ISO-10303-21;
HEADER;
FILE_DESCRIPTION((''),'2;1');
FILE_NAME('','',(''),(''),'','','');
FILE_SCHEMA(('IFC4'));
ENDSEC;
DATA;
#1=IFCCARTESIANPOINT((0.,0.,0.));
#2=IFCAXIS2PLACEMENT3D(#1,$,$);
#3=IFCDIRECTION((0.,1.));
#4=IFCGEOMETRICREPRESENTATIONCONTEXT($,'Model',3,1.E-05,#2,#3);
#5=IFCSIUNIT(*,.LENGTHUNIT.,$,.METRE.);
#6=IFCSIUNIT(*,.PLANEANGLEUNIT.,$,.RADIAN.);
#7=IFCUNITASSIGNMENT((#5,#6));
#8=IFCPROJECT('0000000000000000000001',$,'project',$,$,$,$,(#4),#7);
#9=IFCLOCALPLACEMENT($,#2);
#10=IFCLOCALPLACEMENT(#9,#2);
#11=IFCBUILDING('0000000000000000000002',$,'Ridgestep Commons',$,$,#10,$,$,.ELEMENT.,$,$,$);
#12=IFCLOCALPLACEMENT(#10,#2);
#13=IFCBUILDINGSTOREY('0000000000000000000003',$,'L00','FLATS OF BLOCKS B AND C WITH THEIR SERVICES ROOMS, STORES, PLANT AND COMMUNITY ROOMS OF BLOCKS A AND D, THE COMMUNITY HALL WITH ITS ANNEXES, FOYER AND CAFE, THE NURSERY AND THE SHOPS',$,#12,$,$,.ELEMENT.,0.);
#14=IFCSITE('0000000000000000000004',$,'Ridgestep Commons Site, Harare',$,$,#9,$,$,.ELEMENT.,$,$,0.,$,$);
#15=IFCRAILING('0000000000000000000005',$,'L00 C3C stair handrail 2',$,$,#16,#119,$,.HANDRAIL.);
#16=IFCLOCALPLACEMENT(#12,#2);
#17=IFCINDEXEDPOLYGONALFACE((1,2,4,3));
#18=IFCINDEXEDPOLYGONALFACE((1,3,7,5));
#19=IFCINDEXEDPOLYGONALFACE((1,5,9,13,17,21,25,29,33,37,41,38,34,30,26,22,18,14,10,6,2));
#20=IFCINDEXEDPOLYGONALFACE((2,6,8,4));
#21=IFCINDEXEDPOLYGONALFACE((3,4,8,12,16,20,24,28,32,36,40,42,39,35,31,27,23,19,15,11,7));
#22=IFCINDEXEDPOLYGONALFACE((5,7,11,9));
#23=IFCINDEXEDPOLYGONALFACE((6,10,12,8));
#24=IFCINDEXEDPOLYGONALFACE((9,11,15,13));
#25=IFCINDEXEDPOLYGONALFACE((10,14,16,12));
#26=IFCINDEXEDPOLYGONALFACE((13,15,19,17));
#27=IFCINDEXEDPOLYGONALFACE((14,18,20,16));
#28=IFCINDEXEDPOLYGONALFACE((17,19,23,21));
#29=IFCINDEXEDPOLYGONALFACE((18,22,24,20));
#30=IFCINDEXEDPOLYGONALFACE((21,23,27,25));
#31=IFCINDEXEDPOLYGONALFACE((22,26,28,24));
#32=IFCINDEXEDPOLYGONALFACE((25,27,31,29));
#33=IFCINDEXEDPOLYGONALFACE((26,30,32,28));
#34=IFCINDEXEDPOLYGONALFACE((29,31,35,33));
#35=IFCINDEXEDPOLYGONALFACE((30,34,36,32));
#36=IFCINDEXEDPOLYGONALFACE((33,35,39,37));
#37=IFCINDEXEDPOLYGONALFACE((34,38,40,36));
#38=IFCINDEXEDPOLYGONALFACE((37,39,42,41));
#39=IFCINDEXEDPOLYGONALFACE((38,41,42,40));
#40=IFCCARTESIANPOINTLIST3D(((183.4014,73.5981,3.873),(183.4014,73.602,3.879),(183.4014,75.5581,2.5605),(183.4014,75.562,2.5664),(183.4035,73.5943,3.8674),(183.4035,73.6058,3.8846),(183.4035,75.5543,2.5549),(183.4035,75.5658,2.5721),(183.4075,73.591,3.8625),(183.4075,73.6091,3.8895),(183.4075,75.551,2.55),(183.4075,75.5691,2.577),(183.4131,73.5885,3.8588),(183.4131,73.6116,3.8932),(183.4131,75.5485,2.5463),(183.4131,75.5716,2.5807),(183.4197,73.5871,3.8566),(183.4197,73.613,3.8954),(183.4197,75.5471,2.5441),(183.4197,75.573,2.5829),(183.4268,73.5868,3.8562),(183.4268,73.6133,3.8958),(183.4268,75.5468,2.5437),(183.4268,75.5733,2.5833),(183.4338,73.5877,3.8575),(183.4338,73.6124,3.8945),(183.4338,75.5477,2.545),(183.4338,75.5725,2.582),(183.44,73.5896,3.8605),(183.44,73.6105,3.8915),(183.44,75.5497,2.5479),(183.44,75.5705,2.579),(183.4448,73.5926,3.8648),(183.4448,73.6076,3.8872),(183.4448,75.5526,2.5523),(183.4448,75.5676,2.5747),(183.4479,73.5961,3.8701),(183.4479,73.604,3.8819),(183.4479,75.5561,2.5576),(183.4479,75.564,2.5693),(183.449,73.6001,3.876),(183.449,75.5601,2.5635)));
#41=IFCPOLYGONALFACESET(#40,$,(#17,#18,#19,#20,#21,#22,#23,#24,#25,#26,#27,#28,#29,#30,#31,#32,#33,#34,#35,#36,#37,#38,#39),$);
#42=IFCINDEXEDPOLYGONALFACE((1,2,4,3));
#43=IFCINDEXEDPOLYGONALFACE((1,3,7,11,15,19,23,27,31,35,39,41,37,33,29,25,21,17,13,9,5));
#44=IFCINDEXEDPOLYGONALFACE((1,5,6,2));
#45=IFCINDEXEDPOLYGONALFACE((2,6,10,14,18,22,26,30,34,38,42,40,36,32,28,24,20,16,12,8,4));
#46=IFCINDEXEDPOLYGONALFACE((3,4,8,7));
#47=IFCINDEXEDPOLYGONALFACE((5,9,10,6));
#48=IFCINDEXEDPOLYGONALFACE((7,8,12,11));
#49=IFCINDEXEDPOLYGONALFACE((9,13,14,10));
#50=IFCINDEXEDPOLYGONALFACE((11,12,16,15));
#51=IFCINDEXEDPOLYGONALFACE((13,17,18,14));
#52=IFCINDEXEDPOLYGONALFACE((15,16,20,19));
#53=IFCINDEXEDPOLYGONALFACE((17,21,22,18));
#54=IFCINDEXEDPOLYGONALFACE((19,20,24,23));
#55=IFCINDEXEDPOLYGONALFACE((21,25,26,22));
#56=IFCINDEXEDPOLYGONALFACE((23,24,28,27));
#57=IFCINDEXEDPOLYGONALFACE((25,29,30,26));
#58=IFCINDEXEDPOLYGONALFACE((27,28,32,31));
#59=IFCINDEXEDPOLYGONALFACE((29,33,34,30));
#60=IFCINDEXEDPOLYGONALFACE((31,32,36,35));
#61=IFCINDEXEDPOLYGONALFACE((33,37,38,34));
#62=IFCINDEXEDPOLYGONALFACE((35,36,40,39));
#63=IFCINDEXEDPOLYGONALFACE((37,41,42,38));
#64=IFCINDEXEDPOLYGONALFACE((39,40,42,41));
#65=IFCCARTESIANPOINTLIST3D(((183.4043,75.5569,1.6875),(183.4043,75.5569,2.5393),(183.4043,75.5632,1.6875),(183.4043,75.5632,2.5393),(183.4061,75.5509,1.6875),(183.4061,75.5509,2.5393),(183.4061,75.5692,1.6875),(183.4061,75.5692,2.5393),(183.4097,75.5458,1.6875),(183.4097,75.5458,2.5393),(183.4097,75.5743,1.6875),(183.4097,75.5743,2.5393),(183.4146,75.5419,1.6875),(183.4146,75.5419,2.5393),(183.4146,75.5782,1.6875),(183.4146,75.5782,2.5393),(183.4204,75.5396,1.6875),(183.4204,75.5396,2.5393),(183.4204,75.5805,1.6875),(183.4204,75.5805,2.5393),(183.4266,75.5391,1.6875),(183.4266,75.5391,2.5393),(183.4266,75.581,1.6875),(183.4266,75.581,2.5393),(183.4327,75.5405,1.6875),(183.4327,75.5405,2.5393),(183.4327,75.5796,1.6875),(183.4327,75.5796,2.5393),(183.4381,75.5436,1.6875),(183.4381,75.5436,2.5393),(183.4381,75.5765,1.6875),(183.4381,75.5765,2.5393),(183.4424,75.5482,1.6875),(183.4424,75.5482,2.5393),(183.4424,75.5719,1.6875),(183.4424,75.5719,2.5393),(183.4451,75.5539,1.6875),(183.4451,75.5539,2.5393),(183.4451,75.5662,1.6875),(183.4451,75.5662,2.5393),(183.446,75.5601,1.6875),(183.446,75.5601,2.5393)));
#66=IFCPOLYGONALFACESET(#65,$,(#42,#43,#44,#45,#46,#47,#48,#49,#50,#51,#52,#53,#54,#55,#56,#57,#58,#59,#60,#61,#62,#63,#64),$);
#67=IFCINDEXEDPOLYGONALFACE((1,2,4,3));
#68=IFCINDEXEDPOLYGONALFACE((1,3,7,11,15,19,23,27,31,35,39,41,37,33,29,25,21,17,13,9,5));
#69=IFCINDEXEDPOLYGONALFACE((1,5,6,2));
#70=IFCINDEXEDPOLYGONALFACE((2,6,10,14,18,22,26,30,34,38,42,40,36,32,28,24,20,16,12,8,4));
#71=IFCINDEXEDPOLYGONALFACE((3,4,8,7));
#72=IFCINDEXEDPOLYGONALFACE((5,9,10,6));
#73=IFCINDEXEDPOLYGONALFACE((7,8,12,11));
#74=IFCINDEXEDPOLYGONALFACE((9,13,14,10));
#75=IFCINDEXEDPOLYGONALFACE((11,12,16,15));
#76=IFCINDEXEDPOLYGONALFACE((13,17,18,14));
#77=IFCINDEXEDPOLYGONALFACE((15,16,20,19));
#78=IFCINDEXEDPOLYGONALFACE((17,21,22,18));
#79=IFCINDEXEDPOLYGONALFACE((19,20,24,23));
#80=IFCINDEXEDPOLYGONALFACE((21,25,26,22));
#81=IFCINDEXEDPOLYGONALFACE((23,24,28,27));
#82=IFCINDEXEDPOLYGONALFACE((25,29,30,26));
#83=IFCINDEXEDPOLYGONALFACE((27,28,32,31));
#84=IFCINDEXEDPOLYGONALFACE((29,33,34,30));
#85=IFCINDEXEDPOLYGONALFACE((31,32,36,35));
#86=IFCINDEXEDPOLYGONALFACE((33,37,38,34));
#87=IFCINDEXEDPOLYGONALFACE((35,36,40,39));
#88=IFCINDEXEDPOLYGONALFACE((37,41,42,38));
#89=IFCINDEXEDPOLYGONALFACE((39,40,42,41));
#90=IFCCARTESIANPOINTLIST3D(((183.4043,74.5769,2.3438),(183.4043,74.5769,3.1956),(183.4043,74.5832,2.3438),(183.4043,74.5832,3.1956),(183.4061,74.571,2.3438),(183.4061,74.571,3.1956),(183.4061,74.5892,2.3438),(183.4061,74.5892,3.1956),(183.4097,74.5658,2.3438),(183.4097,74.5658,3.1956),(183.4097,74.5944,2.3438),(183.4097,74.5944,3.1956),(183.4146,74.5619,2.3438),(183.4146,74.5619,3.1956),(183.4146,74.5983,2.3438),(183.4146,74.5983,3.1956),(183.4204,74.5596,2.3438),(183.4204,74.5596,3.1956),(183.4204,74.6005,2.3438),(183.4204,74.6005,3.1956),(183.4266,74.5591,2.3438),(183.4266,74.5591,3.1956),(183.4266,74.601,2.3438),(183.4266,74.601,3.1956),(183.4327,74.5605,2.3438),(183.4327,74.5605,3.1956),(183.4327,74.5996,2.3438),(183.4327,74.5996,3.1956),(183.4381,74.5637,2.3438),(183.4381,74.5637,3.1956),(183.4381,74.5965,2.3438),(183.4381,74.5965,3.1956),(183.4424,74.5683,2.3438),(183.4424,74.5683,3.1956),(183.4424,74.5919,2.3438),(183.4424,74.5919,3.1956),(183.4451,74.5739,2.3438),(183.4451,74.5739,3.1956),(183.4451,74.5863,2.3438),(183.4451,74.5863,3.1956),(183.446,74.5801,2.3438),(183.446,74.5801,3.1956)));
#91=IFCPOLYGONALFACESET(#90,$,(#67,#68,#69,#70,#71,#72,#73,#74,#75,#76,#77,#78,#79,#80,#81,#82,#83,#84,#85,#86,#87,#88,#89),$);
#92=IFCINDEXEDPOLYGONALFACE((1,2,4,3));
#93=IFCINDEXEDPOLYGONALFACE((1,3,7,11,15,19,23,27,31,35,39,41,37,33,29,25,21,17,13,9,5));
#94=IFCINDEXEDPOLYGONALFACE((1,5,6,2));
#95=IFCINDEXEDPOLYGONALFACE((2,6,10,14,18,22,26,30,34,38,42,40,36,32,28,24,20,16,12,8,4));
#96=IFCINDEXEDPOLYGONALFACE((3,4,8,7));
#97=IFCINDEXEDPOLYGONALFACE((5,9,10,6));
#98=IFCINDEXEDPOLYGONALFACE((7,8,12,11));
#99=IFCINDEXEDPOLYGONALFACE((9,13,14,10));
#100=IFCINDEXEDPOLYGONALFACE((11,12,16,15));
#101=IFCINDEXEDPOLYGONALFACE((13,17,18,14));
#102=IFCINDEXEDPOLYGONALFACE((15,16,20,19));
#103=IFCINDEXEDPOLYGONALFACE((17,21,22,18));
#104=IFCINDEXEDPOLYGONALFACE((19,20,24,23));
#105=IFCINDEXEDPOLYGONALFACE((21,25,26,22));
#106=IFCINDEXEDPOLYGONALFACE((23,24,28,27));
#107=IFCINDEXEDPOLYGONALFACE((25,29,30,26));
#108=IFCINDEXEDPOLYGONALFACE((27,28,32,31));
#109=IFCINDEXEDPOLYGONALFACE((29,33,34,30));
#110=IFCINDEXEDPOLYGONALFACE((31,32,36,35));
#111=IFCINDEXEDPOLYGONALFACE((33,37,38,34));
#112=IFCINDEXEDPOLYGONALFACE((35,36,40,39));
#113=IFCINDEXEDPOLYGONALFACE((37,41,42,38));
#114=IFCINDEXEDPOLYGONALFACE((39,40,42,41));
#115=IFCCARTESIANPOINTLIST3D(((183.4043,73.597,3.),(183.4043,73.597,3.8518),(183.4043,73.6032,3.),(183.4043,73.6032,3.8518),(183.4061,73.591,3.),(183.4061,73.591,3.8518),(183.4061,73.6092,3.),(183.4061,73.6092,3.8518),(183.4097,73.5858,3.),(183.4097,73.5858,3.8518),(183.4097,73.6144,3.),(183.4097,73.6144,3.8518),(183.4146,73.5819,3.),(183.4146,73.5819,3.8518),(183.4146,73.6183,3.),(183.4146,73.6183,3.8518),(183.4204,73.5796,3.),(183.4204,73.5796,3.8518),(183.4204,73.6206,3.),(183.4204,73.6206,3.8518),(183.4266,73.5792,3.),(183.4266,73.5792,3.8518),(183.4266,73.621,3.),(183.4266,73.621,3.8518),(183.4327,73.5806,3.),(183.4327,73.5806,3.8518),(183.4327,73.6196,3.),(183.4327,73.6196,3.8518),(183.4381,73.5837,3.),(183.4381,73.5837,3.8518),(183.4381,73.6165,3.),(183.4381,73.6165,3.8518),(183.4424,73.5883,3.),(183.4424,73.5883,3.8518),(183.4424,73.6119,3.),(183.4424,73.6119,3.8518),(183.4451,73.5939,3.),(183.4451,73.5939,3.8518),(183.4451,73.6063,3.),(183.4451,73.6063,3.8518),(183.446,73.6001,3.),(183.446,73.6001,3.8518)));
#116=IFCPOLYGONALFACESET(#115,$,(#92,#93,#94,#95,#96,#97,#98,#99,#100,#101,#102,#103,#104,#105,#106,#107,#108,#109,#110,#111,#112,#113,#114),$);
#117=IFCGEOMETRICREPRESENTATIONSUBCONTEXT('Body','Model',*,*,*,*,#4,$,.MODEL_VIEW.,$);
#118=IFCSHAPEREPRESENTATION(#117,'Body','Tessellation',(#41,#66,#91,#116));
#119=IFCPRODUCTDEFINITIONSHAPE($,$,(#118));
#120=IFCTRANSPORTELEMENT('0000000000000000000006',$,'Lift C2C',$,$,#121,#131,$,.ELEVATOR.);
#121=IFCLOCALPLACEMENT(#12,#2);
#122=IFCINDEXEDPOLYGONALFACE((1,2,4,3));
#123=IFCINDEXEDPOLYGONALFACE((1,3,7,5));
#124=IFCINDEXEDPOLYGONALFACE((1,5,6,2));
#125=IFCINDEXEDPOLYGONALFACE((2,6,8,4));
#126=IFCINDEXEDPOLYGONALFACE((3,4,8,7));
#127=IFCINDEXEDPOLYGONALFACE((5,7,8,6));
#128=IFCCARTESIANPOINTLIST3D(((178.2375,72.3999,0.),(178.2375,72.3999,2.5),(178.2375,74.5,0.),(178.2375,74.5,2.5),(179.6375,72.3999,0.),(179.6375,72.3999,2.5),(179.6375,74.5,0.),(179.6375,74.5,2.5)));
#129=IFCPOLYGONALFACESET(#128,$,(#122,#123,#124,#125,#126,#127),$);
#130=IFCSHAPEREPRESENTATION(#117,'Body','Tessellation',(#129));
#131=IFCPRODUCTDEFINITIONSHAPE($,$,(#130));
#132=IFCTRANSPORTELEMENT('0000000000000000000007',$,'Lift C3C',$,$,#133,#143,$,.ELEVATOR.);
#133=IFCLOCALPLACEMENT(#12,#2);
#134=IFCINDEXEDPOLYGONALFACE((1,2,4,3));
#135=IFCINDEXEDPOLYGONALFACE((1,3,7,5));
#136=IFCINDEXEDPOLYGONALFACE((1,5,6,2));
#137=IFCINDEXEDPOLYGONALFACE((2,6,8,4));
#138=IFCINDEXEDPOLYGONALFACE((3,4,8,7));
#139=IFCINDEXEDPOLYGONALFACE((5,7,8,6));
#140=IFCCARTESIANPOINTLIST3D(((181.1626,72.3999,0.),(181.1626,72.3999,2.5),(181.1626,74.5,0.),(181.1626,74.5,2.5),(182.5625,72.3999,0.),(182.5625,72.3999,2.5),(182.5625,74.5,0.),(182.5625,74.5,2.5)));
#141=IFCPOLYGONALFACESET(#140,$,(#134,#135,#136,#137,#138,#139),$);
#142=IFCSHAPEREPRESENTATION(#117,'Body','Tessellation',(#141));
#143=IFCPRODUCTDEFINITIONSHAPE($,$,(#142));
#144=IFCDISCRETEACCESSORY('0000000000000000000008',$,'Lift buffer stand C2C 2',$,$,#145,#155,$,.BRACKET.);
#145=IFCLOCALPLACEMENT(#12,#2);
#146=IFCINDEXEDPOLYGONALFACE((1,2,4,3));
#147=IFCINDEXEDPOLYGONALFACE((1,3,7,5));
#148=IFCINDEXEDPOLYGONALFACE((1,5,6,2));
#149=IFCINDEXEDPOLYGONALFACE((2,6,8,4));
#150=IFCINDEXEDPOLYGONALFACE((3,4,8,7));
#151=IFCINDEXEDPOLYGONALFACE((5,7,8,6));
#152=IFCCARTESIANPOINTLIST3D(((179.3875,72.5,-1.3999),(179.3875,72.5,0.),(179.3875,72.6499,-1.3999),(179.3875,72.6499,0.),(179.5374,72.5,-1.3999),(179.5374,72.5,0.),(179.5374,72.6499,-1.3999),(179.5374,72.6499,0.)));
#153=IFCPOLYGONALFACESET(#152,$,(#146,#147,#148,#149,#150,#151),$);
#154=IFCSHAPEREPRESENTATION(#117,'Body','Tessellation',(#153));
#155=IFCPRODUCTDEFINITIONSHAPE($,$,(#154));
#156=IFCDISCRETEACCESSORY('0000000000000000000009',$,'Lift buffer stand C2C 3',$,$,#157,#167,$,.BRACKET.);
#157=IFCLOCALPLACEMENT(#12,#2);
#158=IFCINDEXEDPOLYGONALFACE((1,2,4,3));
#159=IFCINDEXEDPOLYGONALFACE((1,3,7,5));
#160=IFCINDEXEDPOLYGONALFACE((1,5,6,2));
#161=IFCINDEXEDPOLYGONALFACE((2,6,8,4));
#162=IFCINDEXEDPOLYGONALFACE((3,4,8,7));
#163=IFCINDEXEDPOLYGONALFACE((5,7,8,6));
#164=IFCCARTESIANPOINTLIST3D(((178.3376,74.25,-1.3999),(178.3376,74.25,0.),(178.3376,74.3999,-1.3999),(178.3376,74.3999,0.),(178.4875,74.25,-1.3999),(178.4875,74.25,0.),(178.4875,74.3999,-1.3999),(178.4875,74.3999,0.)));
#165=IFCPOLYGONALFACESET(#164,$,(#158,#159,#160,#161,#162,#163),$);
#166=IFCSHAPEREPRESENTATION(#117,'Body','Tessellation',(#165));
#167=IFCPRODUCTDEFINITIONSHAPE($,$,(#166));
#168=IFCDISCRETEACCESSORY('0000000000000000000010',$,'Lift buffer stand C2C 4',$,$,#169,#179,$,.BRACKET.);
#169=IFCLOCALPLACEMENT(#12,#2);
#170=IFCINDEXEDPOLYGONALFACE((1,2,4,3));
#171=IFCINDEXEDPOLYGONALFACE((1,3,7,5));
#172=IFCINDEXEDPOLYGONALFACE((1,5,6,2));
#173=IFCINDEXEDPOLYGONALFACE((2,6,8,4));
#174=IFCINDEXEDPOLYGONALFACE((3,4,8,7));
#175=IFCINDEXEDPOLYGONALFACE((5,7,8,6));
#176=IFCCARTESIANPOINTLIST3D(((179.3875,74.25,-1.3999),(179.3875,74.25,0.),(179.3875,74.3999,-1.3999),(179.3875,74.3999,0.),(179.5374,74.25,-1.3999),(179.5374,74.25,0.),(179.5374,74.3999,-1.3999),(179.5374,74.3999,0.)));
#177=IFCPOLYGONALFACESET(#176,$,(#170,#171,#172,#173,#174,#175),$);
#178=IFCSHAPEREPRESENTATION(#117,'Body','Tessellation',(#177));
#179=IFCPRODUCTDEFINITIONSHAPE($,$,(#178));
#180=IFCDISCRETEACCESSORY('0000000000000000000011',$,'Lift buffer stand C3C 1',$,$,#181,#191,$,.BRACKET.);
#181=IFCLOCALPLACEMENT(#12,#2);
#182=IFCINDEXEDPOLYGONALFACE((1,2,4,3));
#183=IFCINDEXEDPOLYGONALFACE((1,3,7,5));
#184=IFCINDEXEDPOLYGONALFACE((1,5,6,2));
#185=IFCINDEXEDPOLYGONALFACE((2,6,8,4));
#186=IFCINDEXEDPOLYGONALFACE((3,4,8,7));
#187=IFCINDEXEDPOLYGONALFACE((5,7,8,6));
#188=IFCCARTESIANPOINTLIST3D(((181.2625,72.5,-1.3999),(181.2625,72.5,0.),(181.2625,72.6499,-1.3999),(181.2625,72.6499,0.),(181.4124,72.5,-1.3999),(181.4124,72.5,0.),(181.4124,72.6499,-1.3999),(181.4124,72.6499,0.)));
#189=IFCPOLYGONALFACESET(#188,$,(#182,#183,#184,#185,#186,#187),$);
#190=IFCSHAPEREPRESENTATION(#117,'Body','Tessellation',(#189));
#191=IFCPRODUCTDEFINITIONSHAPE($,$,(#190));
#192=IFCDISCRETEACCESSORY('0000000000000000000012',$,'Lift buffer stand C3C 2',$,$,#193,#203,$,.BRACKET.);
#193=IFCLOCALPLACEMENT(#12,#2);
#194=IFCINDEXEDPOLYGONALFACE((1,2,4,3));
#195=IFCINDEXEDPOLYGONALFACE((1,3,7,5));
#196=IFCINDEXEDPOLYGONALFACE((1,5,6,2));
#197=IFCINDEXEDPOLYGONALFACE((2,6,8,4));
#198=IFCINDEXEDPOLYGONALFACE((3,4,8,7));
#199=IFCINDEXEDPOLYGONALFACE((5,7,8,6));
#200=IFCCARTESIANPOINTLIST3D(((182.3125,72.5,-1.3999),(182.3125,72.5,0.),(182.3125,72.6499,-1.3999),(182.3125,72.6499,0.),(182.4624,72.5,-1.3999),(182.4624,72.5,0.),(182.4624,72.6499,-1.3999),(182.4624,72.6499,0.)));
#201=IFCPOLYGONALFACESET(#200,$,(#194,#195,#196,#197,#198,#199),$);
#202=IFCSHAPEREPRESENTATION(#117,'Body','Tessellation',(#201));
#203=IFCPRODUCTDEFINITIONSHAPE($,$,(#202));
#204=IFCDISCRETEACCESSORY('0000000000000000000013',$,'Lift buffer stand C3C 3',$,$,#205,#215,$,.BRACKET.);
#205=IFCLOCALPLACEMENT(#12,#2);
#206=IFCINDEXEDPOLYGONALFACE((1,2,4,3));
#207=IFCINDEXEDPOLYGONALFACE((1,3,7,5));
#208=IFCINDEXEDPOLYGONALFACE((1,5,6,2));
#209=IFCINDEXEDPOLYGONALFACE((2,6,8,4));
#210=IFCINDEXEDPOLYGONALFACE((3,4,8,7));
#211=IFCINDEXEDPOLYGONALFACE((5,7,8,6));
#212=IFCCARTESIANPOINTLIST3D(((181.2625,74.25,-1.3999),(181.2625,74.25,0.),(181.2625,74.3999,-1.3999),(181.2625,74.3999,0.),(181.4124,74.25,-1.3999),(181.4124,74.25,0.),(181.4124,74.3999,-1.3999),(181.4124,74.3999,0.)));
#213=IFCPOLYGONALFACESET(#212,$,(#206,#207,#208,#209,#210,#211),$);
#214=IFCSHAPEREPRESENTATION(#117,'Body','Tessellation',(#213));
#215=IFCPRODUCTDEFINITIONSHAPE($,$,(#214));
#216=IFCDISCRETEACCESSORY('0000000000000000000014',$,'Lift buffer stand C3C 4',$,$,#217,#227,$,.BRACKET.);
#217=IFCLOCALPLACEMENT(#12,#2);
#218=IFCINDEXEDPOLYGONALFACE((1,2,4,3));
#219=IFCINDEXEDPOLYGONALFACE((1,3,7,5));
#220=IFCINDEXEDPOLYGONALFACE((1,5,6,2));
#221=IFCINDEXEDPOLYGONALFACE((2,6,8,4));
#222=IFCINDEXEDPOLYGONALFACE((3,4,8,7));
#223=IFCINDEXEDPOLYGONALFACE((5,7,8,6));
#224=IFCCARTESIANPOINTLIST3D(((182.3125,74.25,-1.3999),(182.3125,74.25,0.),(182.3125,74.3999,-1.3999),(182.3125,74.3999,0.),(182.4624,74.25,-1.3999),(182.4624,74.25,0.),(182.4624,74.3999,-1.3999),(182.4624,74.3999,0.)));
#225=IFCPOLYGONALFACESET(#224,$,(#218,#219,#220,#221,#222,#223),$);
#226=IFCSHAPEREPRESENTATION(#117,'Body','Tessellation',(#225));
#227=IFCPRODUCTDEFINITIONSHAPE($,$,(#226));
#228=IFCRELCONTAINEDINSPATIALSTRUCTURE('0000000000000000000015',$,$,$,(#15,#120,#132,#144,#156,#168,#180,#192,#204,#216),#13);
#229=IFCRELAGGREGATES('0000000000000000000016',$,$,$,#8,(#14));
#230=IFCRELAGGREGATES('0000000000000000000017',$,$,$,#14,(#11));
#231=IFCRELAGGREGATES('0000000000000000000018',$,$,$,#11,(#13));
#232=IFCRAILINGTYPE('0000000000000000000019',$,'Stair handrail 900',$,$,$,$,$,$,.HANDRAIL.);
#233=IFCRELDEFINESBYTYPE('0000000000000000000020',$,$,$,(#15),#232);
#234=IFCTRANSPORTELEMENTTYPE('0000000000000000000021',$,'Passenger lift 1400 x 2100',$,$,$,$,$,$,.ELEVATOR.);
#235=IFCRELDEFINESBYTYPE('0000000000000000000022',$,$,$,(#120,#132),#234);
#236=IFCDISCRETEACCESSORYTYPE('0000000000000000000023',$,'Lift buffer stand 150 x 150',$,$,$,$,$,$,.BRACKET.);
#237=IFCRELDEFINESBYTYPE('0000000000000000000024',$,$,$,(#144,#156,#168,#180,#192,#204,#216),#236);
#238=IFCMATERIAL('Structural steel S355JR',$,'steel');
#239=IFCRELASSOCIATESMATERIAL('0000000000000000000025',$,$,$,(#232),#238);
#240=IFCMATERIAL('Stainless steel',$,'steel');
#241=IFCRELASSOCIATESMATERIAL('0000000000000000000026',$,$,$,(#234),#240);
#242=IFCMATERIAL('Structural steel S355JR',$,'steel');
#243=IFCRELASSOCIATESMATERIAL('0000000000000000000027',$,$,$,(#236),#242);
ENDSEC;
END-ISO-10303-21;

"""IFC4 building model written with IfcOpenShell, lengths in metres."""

from ifc_helpers import new_model, si_unit, direction, frame, origin, origin_2d, place, context, subcontext, project, spatial, rectangle, circle, extrude, material, type_object, element, save


model = new_model("IFC4")

# Units and contexts
model_context = context("Model", 3, precision=1e-05, world=origin(), true_north=direction((0.0, 1.0)))
body_context = subcontext(model_context, "Body", "Model", "MODEL_VIEW")
ifc_project = project(units=[si_unit("LENGTHUNIT", "METRE"), si_unit("PLANEANGLEUNIT", "RADIAN")], contexts=[model_context])

# Site, building, storey
site_placement = place(None, origin())
site = spatial("IfcSite", under=ifc_project, at=site_placement, Name="Ridgestep Commons Site, Harare", CompositionType="ELEMENT", RefElevation=0.0)
building_placement = place(site_placement, origin())
building = spatial("IfcBuilding", under=site, at=building_placement, Name="Ridgestep Commons", CompositionType="ELEMENT")
storey_placement = place(building_placement, origin())
storey = spatial("IfcBuildingStorey", under=building, at=storey_placement, Name="L00", Description="FLATS OF BLOCKS B AND C WITH THEIR SERVICES ROOMS, STORES, PLANT AND COMMUNITY ROOMS OF BLOCKS A AND D, THE COMMUNITY HALL WITH ITS ANNEXES, FOYER AND CAFE, THE NURSERY AND THE SHOPS", CompositionType="ELEMENT", Elevation=0.0)

# Railing
ifc_material_1 = material(Name="Structural steel S355JR", Category="steel")
railing_type = type_object("IfcRailingType", Name="Stair handrail 900", PredefinedType="HANDRAIL", material=ifc_material_1)
railing_placement = place(storey_placement, frame((183.425, 75.5601, 1.6875)))
element("IfcRailing", 1, at=railing_placement, inside=storey, type_object=railing_type, Name="L00 C3C stair handrail 2", PredefinedType="HANDRAIL", context=body_context, shape_type="SweptSolid", body=[
    extrude(circle(Radius=0.0239, at=origin_2d()), frame((0.0, 0.0, 0.876), z_axis=(0.0, -0.830902, 0.556419), x_axis=(1.0, 0.0, 0.0)), (0.0, 0.0, 1.0), 2.3589),
    extrude(circle(Radius=0.021, at=origin_2d()), origin(), (0.0, 0.0, 1.0), 0.8518),
    extrude(circle(Radius=0.021, at=origin_2d()), frame((0.0, -0.98, 0.6562)), (0.0, 0.0, 1.0), 0.8518),
    extrude(circle(Radius=0.021, at=origin_2d()), frame((0.0, -1.96, 1.3125)), (0.0, 0.0, 1.0), 0.8518),
])

# Transport elements
ifc_material_2 = material(Name="Stainless steel", Category="steel")
transport_element_type = type_object("IfcTransportElementType", Name="Passenger lift 1400 x 2100", PredefinedType="ELEVATOR", material=ifc_material_2)
for number, where, z_axis, x_axis, name in (
    (2, (178.9375, 73.45, 0.0), (0.0, 0.0, 1.0), (1.0, 0.0, 0.0), "Lift C2C"),
    (3, (181.8625, 73.45, 0.0), (0.0, 0.0, 1.0), (1.0, 0.0, 0.0), "Lift C3C"),
):
    element("IfcTransportElement", number, at=place(storey_placement, frame(where, z_axis=z_axis, x_axis=x_axis)), inside=storey, type_object=transport_element_type, Name=name, PredefinedType="ELEVATOR", context=body_context, shape_type="SweptSolid", body=[
        extrude(rectangle(XDim=1.3999, YDim=2.1001, at=origin_2d()), origin(), (0.0, 0.0, 1.0), 2.5),
    ])

# Discrete accessories
ifc_material_3 = material(Name="Structural steel S355JR", Category="steel")
discrete_accessory_type = type_object("IfcDiscreteAccessoryType", Name="Lift buffer stand 150 x 150", PredefinedType="BRACKET", material=ifc_material_3)
for number, where, z_axis, x_axis, name in (
    (4, (179.4624, 72.575, -1.3999), (0.0, 0.0, 1.0), (1.0, 0.0, 0.0), "Lift buffer stand C2C 2"),
    (5, (178.4126, 74.325, -1.3999), (0.0, 0.0, 1.0), (1.0, 0.0, 0.0), "Lift buffer stand C2C 3"),
    (6, (179.4624, 74.325, -1.3999), (0.0, 0.0, 1.0), (1.0, 0.0, 0.0), "Lift buffer stand C2C 4"),
    (7, (181.3374, 72.575, -1.3999), (0.0, 0.0, 1.0), (1.0, 0.0, 0.0), "Lift buffer stand C3C 1"),
    (8, (182.3875, 72.575, -1.3999), (0.0, 0.0, 1.0), (1.0, 0.0, 0.0), "Lift buffer stand C3C 2"),
    (9, (181.3374, 74.325, -1.3999), (0.0, 0.0, 1.0), (1.0, 0.0, 0.0), "Lift buffer stand C3C 3"),
    (10, (182.3875, 74.325, -1.3999), (0.0, 0.0, 1.0), (1.0, 0.0, 0.0), "Lift buffer stand C3C 4"),
):
    element("IfcDiscreteAccessory", number, at=place(storey_placement, frame(where, z_axis=z_axis, x_axis=x_axis)), inside=storey, type_object=discrete_accessory_type, Name=name, PredefinedType="BRACKET", context=body_context, shape_type="SweptSolid", body=[
        extrude(rectangle(XDim=0.1499, YDim=0.1499, at=origin_2d()), origin(), (0.0, 0.0, 1.0), 1.3999),
    ])

save(model, "model.ifc")
